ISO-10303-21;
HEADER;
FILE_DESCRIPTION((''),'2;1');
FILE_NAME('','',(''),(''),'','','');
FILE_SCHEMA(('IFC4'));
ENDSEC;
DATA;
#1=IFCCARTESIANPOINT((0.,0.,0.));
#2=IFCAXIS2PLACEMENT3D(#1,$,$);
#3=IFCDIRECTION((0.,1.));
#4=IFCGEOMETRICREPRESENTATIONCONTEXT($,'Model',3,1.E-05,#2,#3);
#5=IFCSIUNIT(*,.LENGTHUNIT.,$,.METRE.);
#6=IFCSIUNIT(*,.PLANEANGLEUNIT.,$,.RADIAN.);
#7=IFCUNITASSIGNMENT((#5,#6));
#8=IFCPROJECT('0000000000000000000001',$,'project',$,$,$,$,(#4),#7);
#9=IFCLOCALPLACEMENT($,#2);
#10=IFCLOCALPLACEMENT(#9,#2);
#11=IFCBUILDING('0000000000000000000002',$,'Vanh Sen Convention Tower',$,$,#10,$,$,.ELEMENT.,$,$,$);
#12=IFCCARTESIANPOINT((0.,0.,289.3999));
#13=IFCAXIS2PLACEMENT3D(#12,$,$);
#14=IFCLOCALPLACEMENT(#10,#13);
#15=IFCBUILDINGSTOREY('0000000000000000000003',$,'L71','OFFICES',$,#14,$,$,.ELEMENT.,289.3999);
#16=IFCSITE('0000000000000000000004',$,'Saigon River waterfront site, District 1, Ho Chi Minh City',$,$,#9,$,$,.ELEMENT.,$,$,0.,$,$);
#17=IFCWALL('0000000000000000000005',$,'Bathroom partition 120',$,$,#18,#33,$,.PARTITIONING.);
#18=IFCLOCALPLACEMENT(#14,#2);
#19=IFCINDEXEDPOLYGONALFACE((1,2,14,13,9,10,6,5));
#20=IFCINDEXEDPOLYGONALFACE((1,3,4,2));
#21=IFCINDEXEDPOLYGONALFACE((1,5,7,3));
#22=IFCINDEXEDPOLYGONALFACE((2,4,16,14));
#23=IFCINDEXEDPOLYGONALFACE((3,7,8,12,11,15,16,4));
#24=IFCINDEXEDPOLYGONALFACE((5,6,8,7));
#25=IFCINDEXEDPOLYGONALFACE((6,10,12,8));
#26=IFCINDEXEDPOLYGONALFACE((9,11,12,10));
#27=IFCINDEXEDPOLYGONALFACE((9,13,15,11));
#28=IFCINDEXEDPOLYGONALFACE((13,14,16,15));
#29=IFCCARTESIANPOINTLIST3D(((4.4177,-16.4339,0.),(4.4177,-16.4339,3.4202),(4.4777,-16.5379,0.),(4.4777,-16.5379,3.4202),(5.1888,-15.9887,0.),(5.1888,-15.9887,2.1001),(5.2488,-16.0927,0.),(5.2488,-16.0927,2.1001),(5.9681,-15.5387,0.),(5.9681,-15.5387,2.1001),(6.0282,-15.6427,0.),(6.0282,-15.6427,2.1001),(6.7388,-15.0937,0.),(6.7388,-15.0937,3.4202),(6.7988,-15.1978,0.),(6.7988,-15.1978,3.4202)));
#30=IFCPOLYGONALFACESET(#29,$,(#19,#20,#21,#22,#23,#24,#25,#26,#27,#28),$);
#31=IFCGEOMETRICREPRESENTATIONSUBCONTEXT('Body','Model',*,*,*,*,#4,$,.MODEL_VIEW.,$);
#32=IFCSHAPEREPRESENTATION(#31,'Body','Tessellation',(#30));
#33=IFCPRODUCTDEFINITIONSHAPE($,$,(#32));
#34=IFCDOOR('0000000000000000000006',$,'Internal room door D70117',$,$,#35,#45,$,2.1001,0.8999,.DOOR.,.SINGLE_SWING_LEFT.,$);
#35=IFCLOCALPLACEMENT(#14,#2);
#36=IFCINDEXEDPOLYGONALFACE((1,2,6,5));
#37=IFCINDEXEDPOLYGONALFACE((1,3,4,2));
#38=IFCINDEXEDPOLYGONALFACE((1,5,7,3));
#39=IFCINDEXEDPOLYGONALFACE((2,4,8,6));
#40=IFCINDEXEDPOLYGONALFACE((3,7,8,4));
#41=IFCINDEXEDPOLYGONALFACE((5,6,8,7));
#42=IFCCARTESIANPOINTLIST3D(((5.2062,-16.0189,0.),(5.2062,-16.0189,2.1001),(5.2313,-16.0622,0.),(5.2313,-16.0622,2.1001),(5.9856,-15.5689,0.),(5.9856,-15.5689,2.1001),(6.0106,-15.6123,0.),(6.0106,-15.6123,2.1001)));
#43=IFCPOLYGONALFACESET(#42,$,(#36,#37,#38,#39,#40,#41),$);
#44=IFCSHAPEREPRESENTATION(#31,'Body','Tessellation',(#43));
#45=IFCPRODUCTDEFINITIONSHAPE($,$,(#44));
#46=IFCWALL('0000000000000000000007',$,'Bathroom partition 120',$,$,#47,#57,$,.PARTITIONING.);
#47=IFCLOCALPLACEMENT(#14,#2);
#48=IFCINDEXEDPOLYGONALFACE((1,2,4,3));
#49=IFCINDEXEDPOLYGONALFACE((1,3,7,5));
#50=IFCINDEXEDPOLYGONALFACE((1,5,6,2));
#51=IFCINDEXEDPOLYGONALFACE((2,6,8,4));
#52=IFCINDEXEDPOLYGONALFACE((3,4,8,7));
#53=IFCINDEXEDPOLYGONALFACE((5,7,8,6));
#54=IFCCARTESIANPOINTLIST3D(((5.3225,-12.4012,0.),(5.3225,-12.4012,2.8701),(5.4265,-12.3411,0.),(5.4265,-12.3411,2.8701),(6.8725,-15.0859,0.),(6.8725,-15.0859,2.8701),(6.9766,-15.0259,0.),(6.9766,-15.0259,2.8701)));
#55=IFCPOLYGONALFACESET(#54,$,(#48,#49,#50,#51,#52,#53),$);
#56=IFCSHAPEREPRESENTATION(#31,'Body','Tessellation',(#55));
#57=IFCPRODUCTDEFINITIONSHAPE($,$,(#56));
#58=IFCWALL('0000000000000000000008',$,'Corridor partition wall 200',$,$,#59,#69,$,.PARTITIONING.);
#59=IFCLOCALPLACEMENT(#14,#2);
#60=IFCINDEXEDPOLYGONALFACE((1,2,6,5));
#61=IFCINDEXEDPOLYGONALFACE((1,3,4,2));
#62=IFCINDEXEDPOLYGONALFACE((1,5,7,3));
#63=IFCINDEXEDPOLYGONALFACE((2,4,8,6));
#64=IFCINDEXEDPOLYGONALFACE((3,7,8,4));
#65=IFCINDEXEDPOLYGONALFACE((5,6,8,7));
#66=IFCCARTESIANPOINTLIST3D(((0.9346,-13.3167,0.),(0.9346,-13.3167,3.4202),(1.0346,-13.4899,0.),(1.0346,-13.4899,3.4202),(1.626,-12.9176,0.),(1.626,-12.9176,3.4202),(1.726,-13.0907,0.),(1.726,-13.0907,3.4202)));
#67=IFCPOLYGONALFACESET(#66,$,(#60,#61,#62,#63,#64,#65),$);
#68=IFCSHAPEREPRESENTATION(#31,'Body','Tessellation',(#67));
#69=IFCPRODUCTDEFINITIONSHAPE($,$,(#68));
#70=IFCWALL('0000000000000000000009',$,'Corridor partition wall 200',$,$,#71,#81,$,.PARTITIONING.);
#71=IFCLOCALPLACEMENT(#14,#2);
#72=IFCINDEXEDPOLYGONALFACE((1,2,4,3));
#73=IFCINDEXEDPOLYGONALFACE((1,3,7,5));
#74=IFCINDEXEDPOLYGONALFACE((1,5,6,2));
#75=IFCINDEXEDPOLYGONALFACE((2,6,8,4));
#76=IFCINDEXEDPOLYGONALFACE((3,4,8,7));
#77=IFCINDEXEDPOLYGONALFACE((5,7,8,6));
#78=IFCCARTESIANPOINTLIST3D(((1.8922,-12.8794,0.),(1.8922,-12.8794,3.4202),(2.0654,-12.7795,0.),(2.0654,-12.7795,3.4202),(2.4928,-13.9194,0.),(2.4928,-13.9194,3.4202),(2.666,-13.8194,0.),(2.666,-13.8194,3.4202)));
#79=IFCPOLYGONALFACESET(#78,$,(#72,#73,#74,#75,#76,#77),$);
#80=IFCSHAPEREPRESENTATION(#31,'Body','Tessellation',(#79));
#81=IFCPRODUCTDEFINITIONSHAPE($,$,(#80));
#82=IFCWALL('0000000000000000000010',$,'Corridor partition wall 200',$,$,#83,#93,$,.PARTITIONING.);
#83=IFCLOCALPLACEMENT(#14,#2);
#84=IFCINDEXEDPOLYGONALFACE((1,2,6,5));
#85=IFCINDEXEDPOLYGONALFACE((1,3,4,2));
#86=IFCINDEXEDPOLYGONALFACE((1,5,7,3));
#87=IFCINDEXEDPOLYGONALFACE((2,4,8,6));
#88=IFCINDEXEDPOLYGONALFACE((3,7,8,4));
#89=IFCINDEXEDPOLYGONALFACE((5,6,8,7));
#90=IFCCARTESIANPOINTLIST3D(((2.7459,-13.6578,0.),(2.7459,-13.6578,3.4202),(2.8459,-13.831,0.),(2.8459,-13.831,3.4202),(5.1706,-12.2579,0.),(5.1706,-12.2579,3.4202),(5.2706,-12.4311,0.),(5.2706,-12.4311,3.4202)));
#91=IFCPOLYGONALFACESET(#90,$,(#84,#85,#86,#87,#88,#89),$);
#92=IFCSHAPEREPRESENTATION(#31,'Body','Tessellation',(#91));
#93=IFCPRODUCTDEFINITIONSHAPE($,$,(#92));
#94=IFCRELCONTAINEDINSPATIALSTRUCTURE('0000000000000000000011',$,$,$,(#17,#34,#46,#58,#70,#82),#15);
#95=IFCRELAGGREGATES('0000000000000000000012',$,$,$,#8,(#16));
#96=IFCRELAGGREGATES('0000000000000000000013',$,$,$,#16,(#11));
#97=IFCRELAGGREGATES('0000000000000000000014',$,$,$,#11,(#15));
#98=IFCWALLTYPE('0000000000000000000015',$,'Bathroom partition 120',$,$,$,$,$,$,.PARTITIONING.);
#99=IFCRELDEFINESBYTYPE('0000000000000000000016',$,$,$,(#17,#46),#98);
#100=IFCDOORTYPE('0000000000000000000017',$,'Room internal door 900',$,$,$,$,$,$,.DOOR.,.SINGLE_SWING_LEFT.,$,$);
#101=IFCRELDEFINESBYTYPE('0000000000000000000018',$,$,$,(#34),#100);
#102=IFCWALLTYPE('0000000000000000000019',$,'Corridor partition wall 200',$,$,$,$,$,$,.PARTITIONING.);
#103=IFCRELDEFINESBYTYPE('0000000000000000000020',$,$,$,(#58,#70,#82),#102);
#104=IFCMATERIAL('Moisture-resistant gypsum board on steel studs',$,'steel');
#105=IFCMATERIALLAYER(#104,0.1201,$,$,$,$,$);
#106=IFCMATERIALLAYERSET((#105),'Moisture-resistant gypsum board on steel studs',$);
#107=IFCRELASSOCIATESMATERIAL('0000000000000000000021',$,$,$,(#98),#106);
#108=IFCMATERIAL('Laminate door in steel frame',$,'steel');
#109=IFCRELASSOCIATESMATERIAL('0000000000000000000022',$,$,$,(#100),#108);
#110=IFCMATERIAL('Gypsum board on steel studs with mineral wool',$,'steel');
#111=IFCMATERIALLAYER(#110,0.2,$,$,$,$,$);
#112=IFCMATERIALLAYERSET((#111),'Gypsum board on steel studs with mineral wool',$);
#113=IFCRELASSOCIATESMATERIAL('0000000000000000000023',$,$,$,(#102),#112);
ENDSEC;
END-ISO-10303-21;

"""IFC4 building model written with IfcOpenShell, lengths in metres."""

from ifc_helpers import new_model, si_unit, direction, frame, frame_2d, origin, place, context, subcontext, project, spatial, rectangle, extrude, material, layer, layer_set, type_object, element, fill, save


model = new_model("IFC4")

# Units and contexts
model_context = context("Model", 3, precision=1e-05, world=origin(), true_north=direction((0.0, 1.0)))
body_context = subcontext(model_context, "Body", "Model", "MODEL_VIEW")
ifc_project = project(units=[si_unit("LENGTHUNIT", "METRE"), si_unit("PLANEANGLEUNIT", "RADIAN")], contexts=[model_context])

# Site, building, storey
site_placement = place(None, origin())
site = spatial("IfcSite", under=ifc_project, at=site_placement, Name="Saigon River waterfront site, District 1, Ho Chi Minh City", CompositionType="ELEMENT", RefElevation=0.0)
building_placement = place(site_placement, origin())
building = spatial("IfcBuilding", under=site, at=building_placement, Name="Vanh Sen Convention Tower", CompositionType="ELEMENT")
storey_placement = place(building_placement, frame((0.0, 0.0, 289.3999)))
storey = spatial("IfcBuildingStorey", under=building, at=storey_placement, Name="L71", Description="OFFICES", CompositionType="ELEMENT", Elevation=289.3999)

# Shared definitions
ifc_material_1 = material(Name="Moisture-resistant gypsum board on steel studs", Category="steel")
ifc_layer_1 = layer(ifc_material_1, 0.1201)
ifc_layer_set_1 = layer_set([ifc_layer_1], Name="Moisture-resistant gypsum board on steel studs")
wall_type_1 = type_object("IfcWallType", Name="Bathroom partition 120", PredefinedType="PARTITIONING", material=ifc_layer_set_1)

# Wall, opening, door
wall_1_placement = place(storey_placement, frame((6.7688, -15.1458, 0.0), z_axis=(0.0, 0.0, 1.0), x_axis=(-0.86602, -0.500009, 0.0)))
wall_1 = element("IfcWall", 1, at=wall_1_placement, inside=storey, type_object=wall_type_1, Name="Bathroom partition 120", PredefinedType="PARTITIONING", context=body_context, shape_type="SweptSolid", body=[
    extrude(rectangle(XDim=2.6802, YDim=0.1201, at=frame_2d((1.3401, 0.0))), origin(), (0.0, 0.0, 1.0), 3.4202),
])
opening_1_placement = place(wall_1_placement, frame((0.8899, 0.0, 0.0)))
opening_1 = element("IfcOpeningElement", 2, at=opening_1_placement, cuts=wall_1, PredefinedType="OPENING", context=body_context, shape_type="SweptSolid", body=[
    extrude(rectangle(XDim=0.8999, YDim=2.1001, at=frame_2d((0.45, 1.05))), frame((0.0, 0.0701, 0.0), z_axis=(0.0, -1.0, 0.0), x_axis=(1.0, 0.0, 0.0)), (0.0, 0.0, 1.0), 0.1401),
])
ifc_material_2 = material(Name="Laminate door in steel frame", Category="steel")
door_type = type_object("IfcDoorType", Name="Room internal door 900", OperationType="SINGLE_SWING_LEFT", PredefinedType="DOOR", material=ifc_material_2)
door_placement = place(opening_1_placement, origin())
door = element("IfcDoor", 3, at=door_placement, inside=storey, type_object=door_type, Name="Internal room door D70117", OperationType="SINGLE_SWING_LEFT", OverallHeight=2.1001, OverallWidth=0.8999, PredefinedType="DOOR", context=body_context, shape_type="SweptSolid", body=[
    extrude(rectangle(XDim=0.8999, YDim=2.1001, at=frame_2d((0.45, 1.05))), frame((0.0, 0.0249, 0.0), z_axis=(0.0, -1.0, 0.0), x_axis=(1.0, 0.0, 0.0)), (0.0, 0.0, 1.0), 0.05),
])
fill(opening_1, door)

# Walls
wall_2_placement = place(storey_placement, frame((6.9246, -15.0559, 0.0), z_axis=(0.0, 0.0, 1.0), x_axis=(-0.499993, 0.86603, 0.0)))
element("IfcWall", 4, at=wall_2_placement, inside=storey, type_object=wall_type_1, Name="Bathroom partition 120", PredefinedType="PARTITIONING", context=body_context, shape_type="SweptSolid", body=[
    extrude(rectangle(XDim=3.1001, YDim=0.1201, at=frame_2d((1.55, 0.0))), origin(), (0.0, 0.0, 1.0), 2.8701),
])
ifc_material_3 = material(Name="Gypsum board on steel studs with mineral wool", Category="steel")
ifc_layer_2 = layer(ifc_material_3, 0.2)
ifc_layer_set_2 = layer_set([ifc_layer_2], Name="Gypsum board on steel studs with mineral wool")
wall_type_2 = type_object("IfcWallType", Name="Corridor partition wall 200", PredefinedType="PARTITIONING", material=ifc_layer_set_2)
wall_3_placement = place(storey_placement, frame((0.9846, -13.4033, 0.0), z_axis=(0.0, 0.0, 1.0), x_axis=(0.866033, 0.499987, 0.0)))
element("IfcWall", 5, at=wall_3_placement, inside=storey, type_object=wall_type_2, Name="Corridor partition wall 200", PredefinedType="PARTITIONING", context=body_context, shape_type="SweptSolid", body=[
    extrude(rectangle(XDim=0.7983, YDim=0.2, at=frame_2d((0.3992, 0.0))), origin(), (0.0, 0.0, 1.0), 3.4202),
])
wall_4_placement = place(storey_placement, frame((1.9788, -12.8293, 0.0), z_axis=(0.0, 0.0, 1.0), x_axis=(0.500074, -0.865982, 0.0)))
element("IfcWall", 6, at=wall_4_placement, inside=storey, type_object=wall_type_2, Name="Corridor partition wall 200", PredefinedType="PARTITIONING", context=body_context, shape_type="SweptSolid", body=[
    extrude(rectangle(XDim=1.2009, YDim=0.2, at=frame_2d((0.6006, 0.0))), origin(), (0.0, 0.0, 1.0), 3.4202),
])
wall_5_placement = place(storey_placement, frame((2.7959, -13.7444, 0.0), z_axis=(0.0, 0.0, 1.0), x_axis=(0.866035, 0.499984, 0.0)))
element("IfcWall", 7, at=wall_5_placement, inside=storey, type_object=wall_type_2, Name="Corridor partition wall 200", PredefinedType="PARTITIONING", context=body_context, shape_type="SweptSolid", body=[
    extrude(rectangle(XDim=2.7998, YDim=0.2, at=frame_2d((1.3999, 0.0))), origin(), (0.0, 0.0, 1.0), 3.4202),
])

save(model, "model.ifc")
